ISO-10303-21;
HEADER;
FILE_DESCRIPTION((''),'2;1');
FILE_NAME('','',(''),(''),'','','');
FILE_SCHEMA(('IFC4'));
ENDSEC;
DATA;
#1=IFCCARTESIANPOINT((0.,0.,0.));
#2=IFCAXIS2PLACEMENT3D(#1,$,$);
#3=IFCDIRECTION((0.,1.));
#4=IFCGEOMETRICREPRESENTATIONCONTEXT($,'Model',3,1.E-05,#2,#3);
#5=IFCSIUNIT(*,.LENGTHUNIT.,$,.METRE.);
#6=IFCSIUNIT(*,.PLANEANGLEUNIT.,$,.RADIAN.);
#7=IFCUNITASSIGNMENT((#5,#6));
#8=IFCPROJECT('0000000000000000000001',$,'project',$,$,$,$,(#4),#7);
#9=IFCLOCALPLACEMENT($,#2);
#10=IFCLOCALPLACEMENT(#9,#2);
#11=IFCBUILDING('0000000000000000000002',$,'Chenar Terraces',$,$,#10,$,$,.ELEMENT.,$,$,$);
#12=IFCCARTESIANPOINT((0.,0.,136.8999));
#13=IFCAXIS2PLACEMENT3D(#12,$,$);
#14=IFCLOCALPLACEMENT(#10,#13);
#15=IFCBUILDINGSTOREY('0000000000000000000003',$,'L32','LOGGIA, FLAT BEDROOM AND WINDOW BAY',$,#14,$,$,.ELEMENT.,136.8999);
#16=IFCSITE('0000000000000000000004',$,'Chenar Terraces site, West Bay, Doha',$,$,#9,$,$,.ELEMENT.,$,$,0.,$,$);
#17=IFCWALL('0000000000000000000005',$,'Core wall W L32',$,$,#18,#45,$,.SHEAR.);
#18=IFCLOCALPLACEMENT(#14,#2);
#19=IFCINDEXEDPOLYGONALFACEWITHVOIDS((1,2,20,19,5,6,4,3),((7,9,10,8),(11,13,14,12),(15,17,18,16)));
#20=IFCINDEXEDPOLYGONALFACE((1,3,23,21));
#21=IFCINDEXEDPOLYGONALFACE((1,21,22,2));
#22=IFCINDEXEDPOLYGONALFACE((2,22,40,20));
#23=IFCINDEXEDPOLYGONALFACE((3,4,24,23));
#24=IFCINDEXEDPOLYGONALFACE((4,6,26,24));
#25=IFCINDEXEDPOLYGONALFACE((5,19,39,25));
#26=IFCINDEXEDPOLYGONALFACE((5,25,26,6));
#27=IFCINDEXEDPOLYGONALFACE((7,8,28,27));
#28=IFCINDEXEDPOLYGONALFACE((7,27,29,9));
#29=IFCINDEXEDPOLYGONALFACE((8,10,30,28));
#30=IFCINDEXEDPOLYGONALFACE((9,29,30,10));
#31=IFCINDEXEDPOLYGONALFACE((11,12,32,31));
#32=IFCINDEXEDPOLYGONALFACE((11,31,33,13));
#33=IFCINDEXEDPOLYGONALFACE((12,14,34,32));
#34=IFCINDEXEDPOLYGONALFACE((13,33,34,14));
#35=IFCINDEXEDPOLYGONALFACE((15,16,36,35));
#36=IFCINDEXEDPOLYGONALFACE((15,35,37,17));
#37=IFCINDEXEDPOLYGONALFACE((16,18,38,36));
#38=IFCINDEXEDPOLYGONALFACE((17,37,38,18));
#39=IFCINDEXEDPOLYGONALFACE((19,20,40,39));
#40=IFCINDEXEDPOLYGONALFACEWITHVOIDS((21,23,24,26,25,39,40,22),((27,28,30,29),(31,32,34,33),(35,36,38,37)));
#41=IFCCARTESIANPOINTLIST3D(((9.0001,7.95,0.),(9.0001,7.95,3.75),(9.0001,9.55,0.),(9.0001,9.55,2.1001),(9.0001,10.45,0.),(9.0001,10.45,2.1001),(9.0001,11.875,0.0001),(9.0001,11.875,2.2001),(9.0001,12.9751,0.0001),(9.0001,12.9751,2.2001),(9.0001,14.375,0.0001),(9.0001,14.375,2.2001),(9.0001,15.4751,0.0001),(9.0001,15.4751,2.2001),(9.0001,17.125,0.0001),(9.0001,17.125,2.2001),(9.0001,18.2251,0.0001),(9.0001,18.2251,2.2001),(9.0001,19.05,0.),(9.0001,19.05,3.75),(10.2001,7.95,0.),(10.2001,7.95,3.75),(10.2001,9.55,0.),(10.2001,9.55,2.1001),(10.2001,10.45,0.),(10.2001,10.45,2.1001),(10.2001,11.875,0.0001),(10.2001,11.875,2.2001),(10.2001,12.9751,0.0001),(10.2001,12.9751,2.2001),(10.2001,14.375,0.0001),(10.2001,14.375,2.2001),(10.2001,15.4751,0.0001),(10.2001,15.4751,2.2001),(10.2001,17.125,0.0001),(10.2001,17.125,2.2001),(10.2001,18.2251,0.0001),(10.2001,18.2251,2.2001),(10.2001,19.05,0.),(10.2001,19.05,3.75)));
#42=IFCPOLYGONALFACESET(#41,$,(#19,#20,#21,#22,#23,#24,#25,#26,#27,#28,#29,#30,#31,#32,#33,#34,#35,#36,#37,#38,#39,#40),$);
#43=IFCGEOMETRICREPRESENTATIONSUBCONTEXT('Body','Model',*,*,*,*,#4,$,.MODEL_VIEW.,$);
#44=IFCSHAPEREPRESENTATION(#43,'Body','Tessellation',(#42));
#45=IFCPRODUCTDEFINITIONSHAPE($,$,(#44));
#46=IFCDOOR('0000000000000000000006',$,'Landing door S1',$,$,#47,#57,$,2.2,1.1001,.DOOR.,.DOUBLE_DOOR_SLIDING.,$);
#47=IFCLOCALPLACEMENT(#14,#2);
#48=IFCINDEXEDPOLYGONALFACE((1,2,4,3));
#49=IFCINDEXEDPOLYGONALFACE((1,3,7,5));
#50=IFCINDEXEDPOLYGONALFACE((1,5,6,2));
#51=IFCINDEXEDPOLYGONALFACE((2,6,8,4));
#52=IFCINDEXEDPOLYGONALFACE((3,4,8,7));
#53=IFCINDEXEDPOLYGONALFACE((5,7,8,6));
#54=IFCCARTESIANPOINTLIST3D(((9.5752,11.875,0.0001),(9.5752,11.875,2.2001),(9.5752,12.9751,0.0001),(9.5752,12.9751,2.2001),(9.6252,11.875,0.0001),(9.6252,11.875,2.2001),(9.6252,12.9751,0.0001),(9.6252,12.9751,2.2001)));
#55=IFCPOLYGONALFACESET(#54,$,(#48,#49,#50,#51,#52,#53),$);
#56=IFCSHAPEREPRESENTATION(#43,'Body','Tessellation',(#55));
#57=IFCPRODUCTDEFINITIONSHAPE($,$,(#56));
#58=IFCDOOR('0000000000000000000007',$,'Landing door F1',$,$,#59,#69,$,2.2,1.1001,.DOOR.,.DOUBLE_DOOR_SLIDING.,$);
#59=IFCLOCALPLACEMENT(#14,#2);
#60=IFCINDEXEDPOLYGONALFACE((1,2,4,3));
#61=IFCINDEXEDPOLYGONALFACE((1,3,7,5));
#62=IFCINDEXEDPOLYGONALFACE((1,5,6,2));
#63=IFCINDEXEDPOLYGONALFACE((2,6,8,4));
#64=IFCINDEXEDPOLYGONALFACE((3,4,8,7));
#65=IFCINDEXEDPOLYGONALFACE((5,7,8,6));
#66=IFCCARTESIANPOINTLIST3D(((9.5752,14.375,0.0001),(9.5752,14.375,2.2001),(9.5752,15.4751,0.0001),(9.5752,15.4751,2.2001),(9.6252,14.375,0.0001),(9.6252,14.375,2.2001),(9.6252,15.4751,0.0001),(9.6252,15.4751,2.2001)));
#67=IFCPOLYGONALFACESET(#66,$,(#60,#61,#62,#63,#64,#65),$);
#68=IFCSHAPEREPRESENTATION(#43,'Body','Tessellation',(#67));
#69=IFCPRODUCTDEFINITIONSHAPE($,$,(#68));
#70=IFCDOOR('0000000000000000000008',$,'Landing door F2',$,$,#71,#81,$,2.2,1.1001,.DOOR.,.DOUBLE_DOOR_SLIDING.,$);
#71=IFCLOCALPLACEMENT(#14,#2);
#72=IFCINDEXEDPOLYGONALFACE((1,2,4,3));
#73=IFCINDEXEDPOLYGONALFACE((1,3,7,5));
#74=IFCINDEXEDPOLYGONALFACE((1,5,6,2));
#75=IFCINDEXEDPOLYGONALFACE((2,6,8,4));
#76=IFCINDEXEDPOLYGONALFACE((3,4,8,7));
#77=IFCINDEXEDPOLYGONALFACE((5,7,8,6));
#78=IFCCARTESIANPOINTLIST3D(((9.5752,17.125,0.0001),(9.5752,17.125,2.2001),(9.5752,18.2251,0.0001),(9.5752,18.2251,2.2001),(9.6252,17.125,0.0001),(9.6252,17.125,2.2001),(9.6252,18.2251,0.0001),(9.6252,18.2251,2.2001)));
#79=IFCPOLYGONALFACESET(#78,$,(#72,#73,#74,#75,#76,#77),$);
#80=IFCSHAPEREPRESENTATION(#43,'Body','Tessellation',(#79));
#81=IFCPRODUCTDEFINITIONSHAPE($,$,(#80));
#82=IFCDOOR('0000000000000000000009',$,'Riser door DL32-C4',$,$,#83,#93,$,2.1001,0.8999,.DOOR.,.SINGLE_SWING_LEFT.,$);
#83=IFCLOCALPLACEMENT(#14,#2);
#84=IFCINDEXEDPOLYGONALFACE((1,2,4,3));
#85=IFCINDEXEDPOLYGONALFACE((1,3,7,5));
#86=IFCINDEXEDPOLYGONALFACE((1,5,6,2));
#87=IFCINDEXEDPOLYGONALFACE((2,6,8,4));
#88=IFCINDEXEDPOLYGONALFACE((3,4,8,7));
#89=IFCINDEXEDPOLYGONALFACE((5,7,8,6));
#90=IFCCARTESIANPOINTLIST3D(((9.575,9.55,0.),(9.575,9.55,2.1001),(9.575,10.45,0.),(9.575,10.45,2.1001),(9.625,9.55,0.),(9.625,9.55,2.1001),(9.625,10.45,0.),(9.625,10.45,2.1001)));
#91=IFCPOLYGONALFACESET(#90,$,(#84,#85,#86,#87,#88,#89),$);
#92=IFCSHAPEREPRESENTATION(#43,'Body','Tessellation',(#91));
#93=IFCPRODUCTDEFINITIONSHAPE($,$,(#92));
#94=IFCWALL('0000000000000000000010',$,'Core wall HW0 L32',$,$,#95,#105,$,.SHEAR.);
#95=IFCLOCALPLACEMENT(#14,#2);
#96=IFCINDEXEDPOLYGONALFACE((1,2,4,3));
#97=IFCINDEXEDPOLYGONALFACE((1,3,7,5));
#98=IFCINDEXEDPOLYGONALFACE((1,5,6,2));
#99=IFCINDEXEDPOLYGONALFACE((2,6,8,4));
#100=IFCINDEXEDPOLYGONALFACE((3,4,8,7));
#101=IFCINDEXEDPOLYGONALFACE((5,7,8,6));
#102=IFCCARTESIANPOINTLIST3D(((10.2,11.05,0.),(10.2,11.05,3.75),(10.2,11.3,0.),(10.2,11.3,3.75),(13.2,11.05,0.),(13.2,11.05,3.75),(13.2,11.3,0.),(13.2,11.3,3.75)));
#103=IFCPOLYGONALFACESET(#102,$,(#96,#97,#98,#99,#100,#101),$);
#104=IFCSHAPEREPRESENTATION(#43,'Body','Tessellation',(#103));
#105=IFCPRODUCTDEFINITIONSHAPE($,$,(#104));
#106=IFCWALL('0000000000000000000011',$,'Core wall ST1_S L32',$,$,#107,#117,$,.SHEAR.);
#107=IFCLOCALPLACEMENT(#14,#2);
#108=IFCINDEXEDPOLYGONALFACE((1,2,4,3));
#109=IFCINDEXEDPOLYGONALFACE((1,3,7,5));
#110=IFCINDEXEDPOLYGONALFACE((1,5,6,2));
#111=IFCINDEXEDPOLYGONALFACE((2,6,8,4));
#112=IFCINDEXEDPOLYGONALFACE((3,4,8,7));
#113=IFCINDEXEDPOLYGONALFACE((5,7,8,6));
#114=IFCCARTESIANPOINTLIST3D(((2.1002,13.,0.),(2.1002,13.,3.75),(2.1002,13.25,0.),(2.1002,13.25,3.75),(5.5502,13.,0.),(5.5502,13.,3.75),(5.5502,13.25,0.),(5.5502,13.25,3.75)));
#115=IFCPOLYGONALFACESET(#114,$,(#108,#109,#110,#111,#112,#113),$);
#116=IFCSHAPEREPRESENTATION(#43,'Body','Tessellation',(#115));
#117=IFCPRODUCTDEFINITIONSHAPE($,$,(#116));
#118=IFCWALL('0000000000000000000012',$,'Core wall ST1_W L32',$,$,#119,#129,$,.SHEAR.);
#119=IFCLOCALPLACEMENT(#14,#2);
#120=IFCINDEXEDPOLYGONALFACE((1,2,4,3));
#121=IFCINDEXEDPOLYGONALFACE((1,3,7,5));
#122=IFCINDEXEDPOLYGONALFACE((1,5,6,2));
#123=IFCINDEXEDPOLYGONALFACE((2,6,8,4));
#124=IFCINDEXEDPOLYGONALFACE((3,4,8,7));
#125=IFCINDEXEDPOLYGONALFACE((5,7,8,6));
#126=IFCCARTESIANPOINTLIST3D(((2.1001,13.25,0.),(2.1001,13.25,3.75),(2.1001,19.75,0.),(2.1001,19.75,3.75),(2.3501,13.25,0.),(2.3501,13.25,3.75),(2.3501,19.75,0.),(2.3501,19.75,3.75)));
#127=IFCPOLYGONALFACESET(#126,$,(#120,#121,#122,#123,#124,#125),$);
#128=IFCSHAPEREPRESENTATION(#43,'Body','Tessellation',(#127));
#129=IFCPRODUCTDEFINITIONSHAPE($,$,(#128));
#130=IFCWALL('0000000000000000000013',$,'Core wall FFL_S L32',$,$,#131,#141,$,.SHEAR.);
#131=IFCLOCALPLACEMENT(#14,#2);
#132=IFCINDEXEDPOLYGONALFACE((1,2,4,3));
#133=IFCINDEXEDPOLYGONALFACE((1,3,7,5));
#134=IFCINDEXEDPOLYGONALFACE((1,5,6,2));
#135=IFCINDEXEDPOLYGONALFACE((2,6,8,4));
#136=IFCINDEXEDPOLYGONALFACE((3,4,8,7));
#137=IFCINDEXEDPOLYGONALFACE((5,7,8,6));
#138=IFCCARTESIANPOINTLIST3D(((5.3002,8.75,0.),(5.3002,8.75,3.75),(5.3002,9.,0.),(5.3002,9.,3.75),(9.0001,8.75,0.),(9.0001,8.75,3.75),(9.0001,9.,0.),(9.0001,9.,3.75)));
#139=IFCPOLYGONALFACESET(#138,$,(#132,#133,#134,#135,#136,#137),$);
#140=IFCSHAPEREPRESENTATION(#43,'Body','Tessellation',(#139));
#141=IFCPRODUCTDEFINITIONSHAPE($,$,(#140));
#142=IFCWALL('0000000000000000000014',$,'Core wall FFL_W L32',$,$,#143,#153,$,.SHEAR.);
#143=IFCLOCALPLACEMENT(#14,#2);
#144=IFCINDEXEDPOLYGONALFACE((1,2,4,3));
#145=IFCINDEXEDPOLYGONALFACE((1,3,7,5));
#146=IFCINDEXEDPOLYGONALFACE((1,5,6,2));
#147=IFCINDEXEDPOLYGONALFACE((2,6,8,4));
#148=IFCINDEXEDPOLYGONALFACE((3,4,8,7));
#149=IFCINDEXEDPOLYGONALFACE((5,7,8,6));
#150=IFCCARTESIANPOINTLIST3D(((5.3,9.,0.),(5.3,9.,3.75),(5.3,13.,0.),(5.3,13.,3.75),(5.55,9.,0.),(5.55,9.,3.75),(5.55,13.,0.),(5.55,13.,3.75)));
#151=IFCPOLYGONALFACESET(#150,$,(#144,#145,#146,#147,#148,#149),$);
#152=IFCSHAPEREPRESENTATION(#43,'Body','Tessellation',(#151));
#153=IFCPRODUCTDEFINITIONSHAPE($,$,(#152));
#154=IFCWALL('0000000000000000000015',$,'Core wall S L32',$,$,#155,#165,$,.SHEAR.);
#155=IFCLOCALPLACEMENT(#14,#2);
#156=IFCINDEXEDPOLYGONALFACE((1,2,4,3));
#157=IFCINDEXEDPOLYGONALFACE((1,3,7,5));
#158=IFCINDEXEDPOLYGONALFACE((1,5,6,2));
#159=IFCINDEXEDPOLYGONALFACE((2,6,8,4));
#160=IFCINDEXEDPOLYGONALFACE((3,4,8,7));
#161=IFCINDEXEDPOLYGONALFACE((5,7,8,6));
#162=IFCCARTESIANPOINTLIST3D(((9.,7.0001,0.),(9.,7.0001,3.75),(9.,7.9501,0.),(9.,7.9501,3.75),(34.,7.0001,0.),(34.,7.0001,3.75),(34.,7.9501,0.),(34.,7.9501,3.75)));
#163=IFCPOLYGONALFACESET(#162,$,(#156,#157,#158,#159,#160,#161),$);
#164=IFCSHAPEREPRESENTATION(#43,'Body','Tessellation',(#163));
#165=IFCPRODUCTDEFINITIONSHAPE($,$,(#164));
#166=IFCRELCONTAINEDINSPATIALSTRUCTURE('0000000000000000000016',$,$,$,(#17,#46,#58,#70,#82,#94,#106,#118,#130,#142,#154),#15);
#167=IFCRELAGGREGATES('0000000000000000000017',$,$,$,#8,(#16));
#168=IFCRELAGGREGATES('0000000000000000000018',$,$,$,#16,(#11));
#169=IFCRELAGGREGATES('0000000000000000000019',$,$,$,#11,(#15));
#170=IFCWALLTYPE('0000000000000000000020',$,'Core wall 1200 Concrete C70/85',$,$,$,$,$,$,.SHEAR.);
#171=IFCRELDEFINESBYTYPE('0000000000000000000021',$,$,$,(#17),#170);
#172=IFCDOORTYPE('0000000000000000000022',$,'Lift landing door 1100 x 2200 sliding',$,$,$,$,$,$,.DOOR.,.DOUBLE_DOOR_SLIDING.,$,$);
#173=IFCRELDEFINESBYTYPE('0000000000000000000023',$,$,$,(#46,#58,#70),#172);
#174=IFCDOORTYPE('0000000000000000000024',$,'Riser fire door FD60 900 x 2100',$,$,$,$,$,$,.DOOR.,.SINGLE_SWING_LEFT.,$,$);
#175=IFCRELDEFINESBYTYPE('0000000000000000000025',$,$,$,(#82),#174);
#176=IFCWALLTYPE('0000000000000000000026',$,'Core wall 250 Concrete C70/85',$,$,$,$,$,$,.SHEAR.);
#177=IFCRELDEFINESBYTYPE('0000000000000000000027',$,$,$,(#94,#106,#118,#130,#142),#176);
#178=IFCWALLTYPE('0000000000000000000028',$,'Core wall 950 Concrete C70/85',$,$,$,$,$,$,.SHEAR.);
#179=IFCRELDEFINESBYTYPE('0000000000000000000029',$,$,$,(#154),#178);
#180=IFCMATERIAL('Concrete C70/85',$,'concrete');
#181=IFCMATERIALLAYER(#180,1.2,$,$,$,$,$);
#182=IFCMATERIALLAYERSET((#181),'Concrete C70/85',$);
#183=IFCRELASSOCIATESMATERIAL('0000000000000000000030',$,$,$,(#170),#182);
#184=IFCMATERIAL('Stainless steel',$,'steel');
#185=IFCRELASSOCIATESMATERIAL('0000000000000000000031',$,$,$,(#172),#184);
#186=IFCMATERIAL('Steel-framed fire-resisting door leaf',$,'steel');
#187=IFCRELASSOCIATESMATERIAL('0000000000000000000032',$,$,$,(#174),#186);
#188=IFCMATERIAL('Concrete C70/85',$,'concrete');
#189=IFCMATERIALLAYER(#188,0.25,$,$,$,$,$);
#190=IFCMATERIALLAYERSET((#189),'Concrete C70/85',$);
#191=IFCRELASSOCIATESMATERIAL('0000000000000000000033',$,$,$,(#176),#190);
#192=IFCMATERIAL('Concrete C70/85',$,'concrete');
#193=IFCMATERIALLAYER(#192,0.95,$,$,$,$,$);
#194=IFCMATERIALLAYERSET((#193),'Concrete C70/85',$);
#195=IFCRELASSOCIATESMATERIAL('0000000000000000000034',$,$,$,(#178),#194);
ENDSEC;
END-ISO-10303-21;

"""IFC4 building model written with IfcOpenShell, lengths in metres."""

from ifc_helpers import new_model, si_unit, direction, frame, frame_2d, origin, place, context, subcontext, project, spatial, rectangle, extrude, material, layer, layer_set, type_object, element, fill, save


model = new_model("IFC4")

# Units and contexts
model_context = context("Model", 3, precision=1e-05, world=origin(), true_north=direction((0.0, 1.0)))
body_context = subcontext(model_context, "Body", "Model", "MODEL_VIEW")
ifc_project = project(units=[si_unit("LENGTHUNIT", "METRE"), si_unit("PLANEANGLEUNIT", "RADIAN")], contexts=[model_context])

# Site, building, storey
site_placement = place(None, origin())
site = spatial("IfcSite", under=ifc_project, at=site_placement, Name="Chenar Terraces site, West Bay, Doha", CompositionType="ELEMENT", RefElevation=0.0)
building_placement = place(site_placement, origin())
building = spatial("IfcBuilding", under=site, at=building_placement, Name="Chenar Terraces", CompositionType="ELEMENT")
storey_placement = place(building_placement, frame((0.0, 0.0, 136.8999)))
storey = spatial("IfcBuildingStorey", under=building, at=storey_placement, Name="L32", Description="LOGGIA, FLAT BEDROOM AND WINDOW BAY", CompositionType="ELEMENT", Elevation=136.8999)

# Wall, openings, doors
ifc_material_1 = material(Name="Concrete C70/85", Category="concrete")
ifc_layer_1 = layer(ifc_material_1, 1.2)
ifc_layer_set_1 = layer_set([ifc_layer_1], Name="Concrete C70/85")
wall_type_1 = type_object("IfcWallType", Name="Core wall 1200 Concrete C70/85", PredefinedType="SHEAR", material=ifc_layer_set_1)
wall_1_placement = place(storey_placement, frame((9.6001, 7.95, 0.0), z_axis=(0.0, 0.0, 1.0), x_axis=(0.0, 1.0, 0.0)))
wall_1 = element("IfcWall", 1, at=wall_1_placement, inside=storey, type_object=wall_type_1, Name="Core wall W L32", PredefinedType="SHEAR", context=body_context, shape_type="SweptSolid", body=[
    extrude(rectangle(XDim=11.1001, YDim=1.2, at=frame_2d((5.55, 0.0))), origin(), (0.0, 0.0, 1.0), 3.75),
])
opening_1_placement = place(wall_1_placement, frame((3.925, 0.0, 0.0)))
opening_1 = element("IfcOpeningElement", 2, at=opening_1_placement, cuts=wall_1, PredefinedType="OPENING", context=body_context, shape_type="SweptSolid", body=[
    extrude(rectangle(XDim=1.1001, YDim=2.2, at=frame_2d((0.55, 1.1001))), frame((0.0, 0.6099, 0.0), z_axis=(0.0, -1.0, 0.0), x_axis=(1.0, 0.0, 0.0)), (0.0, 0.0, 1.0), 1.22),
])
opening_2_placement = place(wall_1_placement, frame((6.425, 0.0, 0.0)))
opening_2 = element("IfcOpeningElement", 3, at=opening_2_placement, cuts=wall_1, PredefinedType="OPENING", context=body_context, shape_type="SweptSolid", body=[
    extrude(rectangle(XDim=1.1001, YDim=2.2, at=frame_2d((0.55, 1.1001))), frame((0.0, 0.6099, 0.0), z_axis=(0.0, -1.0, 0.0), x_axis=(1.0, 0.0, 0.0)), (0.0, 0.0, 1.0), 1.22),
])
opening_3_placement = place(wall_1_placement, frame((9.175, 0.0, 0.0)))
opening_3 = element("IfcOpeningElement", 4, at=opening_3_placement, cuts=wall_1, PredefinedType="OPENING", context=body_context, shape_type="SweptSolid", body=[
    extrude(rectangle(XDim=1.1001, YDim=2.2, at=frame_2d((0.55, 1.1001))), frame((0.0, 0.6099, 0.0), z_axis=(0.0, -1.0, 0.0), x_axis=(1.0, 0.0, 0.0)), (0.0, 0.0, 1.0), 1.22),
])
opening_4_placement = place(wall_1_placement, frame((1.6001, 0.0, 0.0)))
opening_4 = element("IfcOpeningElement", 5, at=opening_4_placement, cuts=wall_1, PredefinedType="OPENING", context=body_context, shape_type="SweptSolid", body=[
    extrude(rectangle(XDim=0.8999, YDim=2.1001, at=frame_2d((0.45, 1.05))), frame((0.0, 0.6099, 0.0), z_axis=(0.0, -1.0, 0.0), x_axis=(1.0, 0.0, 0.0)), (0.0, 0.0, 1.0), 1.22),
])
ifc_material_2 = material(Name="Stainless steel", Category="steel")
door_type_1 = type_object("IfcDoorType", Name="Lift landing door 1100 x 2200 sliding", OperationType="DOUBLE_DOOR_SLIDING", PredefinedType="DOOR", material=ifc_material_2)
door_1_placement = place(opening_1_placement, origin())
door_1 = element("IfcDoor", 6, at=door_1_placement, inside=storey, type_object=door_type_1, Name="Landing door S1", OperationType="DOUBLE_DOOR_SLIDING", OverallHeight=2.2, OverallWidth=1.1001, PredefinedType="DOOR", context=body_context, shape_type="SweptSolid", body=[
    extrude(rectangle(XDim=1.1001, YDim=2.2, at=frame_2d((0.55, 1.1001))), frame((0.0, 0.0249, 0.0), z_axis=(0.0, -1.0, 0.0), x_axis=(1.0, 0.0, 0.0)), (0.0, 0.0, 1.0), 0.05),
])
fill(opening_1, door_1)
door_2_placement = place(opening_2_placement, origin())
door_2 = element("IfcDoor", 7, at=door_2_placement, inside=storey, type_object=door_type_1, Name="Landing door F1", OperationType="DOUBLE_DOOR_SLIDING", OverallHeight=2.2, OverallWidth=1.1001, PredefinedType="DOOR", context=body_context, shape_type="SweptSolid", body=[
    extrude(rectangle(XDim=1.1001, YDim=2.2, at=frame_2d((0.55, 1.1001))), frame((0.0, 0.0249, 0.0), z_axis=(0.0, -1.0, 0.0), x_axis=(1.0, 0.0, 0.0)), (0.0, 0.0, 1.0), 0.05),
])
fill(opening_2, door_2)
door_3_placement = place(opening_3_placement, origin())
door_3 = element("IfcDoor", 8, at=door_3_placement, inside=storey, type_object=door_type_1, Name="Landing door F2", OperationType="DOUBLE_DOOR_SLIDING", OverallHeight=2.2, OverallWidth=1.1001, PredefinedType="DOOR", context=body_context, shape_type="SweptSolid", body=[
    extrude(rectangle(XDim=1.1001, YDim=2.2, at=frame_2d((0.55, 1.1001))), frame((0.0, 0.0249, 0.0), z_axis=(0.0, -1.0, 0.0), x_axis=(1.0, 0.0, 0.0)), (0.0, 0.0, 1.0), 0.05),
])
fill(opening_3, door_3)
ifc_material_3 = material(Name="Steel-framed fire-resisting door leaf", Category="steel")
door_type_2 = type_object("IfcDoorType", Name="Riser fire door FD60 900 x 2100", OperationType="SINGLE_SWING_LEFT", PredefinedType="DOOR", material=ifc_material_3)
door_4_placement = place(opening_4_placement, frame((0.8999, 0.0, 0.0), z_axis=(0.0, 0.0, 1.0), x_axis=(-1.0, 0.0, 0.0)))
door_4 = element("IfcDoor", 9, at=door_4_placement, inside=storey, type_object=door_type_2, Name="Riser door DL32-C4", OperationType="SINGLE_SWING_LEFT", OverallHeight=2.1001, OverallWidth=0.8999, PredefinedType="DOOR", context=body_context, shape_type="SweptSolid", body=[
    extrude(rectangle(XDim=0.8999, YDim=2.1001, at=frame_2d((0.45, 1.05))), frame((0.0, 0.0249, 0.0), z_axis=(0.0, -1.0, 0.0), x_axis=(1.0, 0.0, 0.0)), (0.0, 0.0, 1.0), 0.05),
])
fill(opening_4, door_4)

# Walls
ifc_material_4 = material(Name="Concrete C70/85", Category="concrete")
ifc_layer_2 = layer(ifc_material_4, 0.25)
ifc_layer_set_2 = layer_set([ifc_layer_2], Name="Concrete C70/85")
wall_type_2 = type_object("IfcWallType", Name="Core wall 250 Concrete C70/85", PredefinedType="SHEAR", material=ifc_layer_set_2)
wall_2_placement = place(storey_placement, frame((10.2, 11.175, 0.0), z_axis=(0.0, 0.0, 1.0), x_axis=(1.0, 0.0, 0.0)))
element("IfcWall", 10, at=wall_2_placement, inside=storey, type_object=wall_type_2, Name="Core wall HW0 L32", PredefinedType="SHEAR", context=body_context, shape_type="SweptSolid", body=[
    extrude(rectangle(XDim=3.0, YDim=0.25, at=frame_2d((1.5, 0.0))), origin(), (0.0, 0.0, 1.0), 3.75),
])
wall_3_placement = place(storey_placement, frame((2.1001, 13.125, 0.0), z_axis=(0.0, 0.0, 1.0), x_axis=(1.0, 0.0, 0.0)))
element("IfcWall", 11, at=wall_3_placement, inside=storey, type_object=wall_type_2, Name="Core wall ST1_S L32", PredefinedType="SHEAR", context=body_context, shape_type="SweptSolid", body=[
    extrude(rectangle(XDim=3.45, YDim=0.25, at=frame_2d((1.7251, 0.0))), origin(), (0.0, 0.0, 1.0), 3.75),
])
wall_4_placement = place(storey_placement, frame((2.2251, 13.25, 0.0), z_axis=(0.0, 0.0, 1.0), x_axis=(0.0, 1.0, 0.0)))
element("IfcWall", 12, at=wall_4_placement, inside=storey, type_object=wall_type_2, Name="Core wall ST1_W L32", PredefinedType="SHEAR", context=body_context, shape_type="SweptSolid", body=[
    extrude(rectangle(XDim=6.5, YDim=0.25, at=frame_2d((3.25, 0.0))), origin(), (0.0, 0.0, 1.0), 3.75),
])
wall_5_placement = place(storey_placement, frame((5.3, 8.875, 0.0), z_axis=(0.0, 0.0, 1.0), x_axis=(1.0, 0.0, 0.0)))
element("IfcWall", 13, at=wall_5_placement, inside=storey, type_object=wall_type_2, Name="Core wall FFL_S L32", PredefinedType="SHEAR", context=body_context, shape_type="SweptSolid", body=[
    extrude(rectangle(XDim=3.7, YDim=0.25, at=frame_2d((1.8501, 0.0))), origin(), (0.0, 0.0, 1.0), 3.75),
])
wall_6_placement = place(storey_placement, frame((5.425, 9.0, 0.0), z_axis=(0.0, 0.0, 1.0), x_axis=(0.0, 1.0, 0.0)))
element("IfcWall", 14, at=wall_6_placement, inside=storey, type_object=wall_type_2, Name="Core wall FFL_W L32", PredefinedType="SHEAR", context=body_context, shape_type="SweptSolid", body=[
    extrude(rectangle(XDim=4.0, YDim=0.25, at=frame_2d((2.0, 0.0))), origin(), (0.0, 0.0, 1.0), 3.75),
])
ifc_material_5 = material(Name="Concrete C70/85", Category="concrete")
ifc_layer_3 = layer(ifc_material_5, 0.95)
ifc_layer_set_3 = layer_set([ifc_layer_3], Name="Concrete C70/85")
wall_type_3 = type_object("IfcWallType", Name="Core wall 950 Concrete C70/85", PredefinedType="SHEAR", material=ifc_layer_set_3)
wall_7_placement = place(storey_placement, frame((9.0, 7.4751, 0.0), z_axis=(0.0, 0.0, 1.0), x_axis=(1.0, 0.0, 0.0)))
element("IfcWall", 15, at=wall_7_placement, inside=storey, type_object=wall_type_3, Name="Core wall S L32", PredefinedType="SHEAR", context=body_context, shape_type="SweptSolid", body=[
    extrude(rectangle(XDim=25.0, YDim=0.95, at=frame_2d((12.5, 0.0))), origin(), (0.0, 0.0, 1.0), 3.75),
])

save(model, "model.ifc")
